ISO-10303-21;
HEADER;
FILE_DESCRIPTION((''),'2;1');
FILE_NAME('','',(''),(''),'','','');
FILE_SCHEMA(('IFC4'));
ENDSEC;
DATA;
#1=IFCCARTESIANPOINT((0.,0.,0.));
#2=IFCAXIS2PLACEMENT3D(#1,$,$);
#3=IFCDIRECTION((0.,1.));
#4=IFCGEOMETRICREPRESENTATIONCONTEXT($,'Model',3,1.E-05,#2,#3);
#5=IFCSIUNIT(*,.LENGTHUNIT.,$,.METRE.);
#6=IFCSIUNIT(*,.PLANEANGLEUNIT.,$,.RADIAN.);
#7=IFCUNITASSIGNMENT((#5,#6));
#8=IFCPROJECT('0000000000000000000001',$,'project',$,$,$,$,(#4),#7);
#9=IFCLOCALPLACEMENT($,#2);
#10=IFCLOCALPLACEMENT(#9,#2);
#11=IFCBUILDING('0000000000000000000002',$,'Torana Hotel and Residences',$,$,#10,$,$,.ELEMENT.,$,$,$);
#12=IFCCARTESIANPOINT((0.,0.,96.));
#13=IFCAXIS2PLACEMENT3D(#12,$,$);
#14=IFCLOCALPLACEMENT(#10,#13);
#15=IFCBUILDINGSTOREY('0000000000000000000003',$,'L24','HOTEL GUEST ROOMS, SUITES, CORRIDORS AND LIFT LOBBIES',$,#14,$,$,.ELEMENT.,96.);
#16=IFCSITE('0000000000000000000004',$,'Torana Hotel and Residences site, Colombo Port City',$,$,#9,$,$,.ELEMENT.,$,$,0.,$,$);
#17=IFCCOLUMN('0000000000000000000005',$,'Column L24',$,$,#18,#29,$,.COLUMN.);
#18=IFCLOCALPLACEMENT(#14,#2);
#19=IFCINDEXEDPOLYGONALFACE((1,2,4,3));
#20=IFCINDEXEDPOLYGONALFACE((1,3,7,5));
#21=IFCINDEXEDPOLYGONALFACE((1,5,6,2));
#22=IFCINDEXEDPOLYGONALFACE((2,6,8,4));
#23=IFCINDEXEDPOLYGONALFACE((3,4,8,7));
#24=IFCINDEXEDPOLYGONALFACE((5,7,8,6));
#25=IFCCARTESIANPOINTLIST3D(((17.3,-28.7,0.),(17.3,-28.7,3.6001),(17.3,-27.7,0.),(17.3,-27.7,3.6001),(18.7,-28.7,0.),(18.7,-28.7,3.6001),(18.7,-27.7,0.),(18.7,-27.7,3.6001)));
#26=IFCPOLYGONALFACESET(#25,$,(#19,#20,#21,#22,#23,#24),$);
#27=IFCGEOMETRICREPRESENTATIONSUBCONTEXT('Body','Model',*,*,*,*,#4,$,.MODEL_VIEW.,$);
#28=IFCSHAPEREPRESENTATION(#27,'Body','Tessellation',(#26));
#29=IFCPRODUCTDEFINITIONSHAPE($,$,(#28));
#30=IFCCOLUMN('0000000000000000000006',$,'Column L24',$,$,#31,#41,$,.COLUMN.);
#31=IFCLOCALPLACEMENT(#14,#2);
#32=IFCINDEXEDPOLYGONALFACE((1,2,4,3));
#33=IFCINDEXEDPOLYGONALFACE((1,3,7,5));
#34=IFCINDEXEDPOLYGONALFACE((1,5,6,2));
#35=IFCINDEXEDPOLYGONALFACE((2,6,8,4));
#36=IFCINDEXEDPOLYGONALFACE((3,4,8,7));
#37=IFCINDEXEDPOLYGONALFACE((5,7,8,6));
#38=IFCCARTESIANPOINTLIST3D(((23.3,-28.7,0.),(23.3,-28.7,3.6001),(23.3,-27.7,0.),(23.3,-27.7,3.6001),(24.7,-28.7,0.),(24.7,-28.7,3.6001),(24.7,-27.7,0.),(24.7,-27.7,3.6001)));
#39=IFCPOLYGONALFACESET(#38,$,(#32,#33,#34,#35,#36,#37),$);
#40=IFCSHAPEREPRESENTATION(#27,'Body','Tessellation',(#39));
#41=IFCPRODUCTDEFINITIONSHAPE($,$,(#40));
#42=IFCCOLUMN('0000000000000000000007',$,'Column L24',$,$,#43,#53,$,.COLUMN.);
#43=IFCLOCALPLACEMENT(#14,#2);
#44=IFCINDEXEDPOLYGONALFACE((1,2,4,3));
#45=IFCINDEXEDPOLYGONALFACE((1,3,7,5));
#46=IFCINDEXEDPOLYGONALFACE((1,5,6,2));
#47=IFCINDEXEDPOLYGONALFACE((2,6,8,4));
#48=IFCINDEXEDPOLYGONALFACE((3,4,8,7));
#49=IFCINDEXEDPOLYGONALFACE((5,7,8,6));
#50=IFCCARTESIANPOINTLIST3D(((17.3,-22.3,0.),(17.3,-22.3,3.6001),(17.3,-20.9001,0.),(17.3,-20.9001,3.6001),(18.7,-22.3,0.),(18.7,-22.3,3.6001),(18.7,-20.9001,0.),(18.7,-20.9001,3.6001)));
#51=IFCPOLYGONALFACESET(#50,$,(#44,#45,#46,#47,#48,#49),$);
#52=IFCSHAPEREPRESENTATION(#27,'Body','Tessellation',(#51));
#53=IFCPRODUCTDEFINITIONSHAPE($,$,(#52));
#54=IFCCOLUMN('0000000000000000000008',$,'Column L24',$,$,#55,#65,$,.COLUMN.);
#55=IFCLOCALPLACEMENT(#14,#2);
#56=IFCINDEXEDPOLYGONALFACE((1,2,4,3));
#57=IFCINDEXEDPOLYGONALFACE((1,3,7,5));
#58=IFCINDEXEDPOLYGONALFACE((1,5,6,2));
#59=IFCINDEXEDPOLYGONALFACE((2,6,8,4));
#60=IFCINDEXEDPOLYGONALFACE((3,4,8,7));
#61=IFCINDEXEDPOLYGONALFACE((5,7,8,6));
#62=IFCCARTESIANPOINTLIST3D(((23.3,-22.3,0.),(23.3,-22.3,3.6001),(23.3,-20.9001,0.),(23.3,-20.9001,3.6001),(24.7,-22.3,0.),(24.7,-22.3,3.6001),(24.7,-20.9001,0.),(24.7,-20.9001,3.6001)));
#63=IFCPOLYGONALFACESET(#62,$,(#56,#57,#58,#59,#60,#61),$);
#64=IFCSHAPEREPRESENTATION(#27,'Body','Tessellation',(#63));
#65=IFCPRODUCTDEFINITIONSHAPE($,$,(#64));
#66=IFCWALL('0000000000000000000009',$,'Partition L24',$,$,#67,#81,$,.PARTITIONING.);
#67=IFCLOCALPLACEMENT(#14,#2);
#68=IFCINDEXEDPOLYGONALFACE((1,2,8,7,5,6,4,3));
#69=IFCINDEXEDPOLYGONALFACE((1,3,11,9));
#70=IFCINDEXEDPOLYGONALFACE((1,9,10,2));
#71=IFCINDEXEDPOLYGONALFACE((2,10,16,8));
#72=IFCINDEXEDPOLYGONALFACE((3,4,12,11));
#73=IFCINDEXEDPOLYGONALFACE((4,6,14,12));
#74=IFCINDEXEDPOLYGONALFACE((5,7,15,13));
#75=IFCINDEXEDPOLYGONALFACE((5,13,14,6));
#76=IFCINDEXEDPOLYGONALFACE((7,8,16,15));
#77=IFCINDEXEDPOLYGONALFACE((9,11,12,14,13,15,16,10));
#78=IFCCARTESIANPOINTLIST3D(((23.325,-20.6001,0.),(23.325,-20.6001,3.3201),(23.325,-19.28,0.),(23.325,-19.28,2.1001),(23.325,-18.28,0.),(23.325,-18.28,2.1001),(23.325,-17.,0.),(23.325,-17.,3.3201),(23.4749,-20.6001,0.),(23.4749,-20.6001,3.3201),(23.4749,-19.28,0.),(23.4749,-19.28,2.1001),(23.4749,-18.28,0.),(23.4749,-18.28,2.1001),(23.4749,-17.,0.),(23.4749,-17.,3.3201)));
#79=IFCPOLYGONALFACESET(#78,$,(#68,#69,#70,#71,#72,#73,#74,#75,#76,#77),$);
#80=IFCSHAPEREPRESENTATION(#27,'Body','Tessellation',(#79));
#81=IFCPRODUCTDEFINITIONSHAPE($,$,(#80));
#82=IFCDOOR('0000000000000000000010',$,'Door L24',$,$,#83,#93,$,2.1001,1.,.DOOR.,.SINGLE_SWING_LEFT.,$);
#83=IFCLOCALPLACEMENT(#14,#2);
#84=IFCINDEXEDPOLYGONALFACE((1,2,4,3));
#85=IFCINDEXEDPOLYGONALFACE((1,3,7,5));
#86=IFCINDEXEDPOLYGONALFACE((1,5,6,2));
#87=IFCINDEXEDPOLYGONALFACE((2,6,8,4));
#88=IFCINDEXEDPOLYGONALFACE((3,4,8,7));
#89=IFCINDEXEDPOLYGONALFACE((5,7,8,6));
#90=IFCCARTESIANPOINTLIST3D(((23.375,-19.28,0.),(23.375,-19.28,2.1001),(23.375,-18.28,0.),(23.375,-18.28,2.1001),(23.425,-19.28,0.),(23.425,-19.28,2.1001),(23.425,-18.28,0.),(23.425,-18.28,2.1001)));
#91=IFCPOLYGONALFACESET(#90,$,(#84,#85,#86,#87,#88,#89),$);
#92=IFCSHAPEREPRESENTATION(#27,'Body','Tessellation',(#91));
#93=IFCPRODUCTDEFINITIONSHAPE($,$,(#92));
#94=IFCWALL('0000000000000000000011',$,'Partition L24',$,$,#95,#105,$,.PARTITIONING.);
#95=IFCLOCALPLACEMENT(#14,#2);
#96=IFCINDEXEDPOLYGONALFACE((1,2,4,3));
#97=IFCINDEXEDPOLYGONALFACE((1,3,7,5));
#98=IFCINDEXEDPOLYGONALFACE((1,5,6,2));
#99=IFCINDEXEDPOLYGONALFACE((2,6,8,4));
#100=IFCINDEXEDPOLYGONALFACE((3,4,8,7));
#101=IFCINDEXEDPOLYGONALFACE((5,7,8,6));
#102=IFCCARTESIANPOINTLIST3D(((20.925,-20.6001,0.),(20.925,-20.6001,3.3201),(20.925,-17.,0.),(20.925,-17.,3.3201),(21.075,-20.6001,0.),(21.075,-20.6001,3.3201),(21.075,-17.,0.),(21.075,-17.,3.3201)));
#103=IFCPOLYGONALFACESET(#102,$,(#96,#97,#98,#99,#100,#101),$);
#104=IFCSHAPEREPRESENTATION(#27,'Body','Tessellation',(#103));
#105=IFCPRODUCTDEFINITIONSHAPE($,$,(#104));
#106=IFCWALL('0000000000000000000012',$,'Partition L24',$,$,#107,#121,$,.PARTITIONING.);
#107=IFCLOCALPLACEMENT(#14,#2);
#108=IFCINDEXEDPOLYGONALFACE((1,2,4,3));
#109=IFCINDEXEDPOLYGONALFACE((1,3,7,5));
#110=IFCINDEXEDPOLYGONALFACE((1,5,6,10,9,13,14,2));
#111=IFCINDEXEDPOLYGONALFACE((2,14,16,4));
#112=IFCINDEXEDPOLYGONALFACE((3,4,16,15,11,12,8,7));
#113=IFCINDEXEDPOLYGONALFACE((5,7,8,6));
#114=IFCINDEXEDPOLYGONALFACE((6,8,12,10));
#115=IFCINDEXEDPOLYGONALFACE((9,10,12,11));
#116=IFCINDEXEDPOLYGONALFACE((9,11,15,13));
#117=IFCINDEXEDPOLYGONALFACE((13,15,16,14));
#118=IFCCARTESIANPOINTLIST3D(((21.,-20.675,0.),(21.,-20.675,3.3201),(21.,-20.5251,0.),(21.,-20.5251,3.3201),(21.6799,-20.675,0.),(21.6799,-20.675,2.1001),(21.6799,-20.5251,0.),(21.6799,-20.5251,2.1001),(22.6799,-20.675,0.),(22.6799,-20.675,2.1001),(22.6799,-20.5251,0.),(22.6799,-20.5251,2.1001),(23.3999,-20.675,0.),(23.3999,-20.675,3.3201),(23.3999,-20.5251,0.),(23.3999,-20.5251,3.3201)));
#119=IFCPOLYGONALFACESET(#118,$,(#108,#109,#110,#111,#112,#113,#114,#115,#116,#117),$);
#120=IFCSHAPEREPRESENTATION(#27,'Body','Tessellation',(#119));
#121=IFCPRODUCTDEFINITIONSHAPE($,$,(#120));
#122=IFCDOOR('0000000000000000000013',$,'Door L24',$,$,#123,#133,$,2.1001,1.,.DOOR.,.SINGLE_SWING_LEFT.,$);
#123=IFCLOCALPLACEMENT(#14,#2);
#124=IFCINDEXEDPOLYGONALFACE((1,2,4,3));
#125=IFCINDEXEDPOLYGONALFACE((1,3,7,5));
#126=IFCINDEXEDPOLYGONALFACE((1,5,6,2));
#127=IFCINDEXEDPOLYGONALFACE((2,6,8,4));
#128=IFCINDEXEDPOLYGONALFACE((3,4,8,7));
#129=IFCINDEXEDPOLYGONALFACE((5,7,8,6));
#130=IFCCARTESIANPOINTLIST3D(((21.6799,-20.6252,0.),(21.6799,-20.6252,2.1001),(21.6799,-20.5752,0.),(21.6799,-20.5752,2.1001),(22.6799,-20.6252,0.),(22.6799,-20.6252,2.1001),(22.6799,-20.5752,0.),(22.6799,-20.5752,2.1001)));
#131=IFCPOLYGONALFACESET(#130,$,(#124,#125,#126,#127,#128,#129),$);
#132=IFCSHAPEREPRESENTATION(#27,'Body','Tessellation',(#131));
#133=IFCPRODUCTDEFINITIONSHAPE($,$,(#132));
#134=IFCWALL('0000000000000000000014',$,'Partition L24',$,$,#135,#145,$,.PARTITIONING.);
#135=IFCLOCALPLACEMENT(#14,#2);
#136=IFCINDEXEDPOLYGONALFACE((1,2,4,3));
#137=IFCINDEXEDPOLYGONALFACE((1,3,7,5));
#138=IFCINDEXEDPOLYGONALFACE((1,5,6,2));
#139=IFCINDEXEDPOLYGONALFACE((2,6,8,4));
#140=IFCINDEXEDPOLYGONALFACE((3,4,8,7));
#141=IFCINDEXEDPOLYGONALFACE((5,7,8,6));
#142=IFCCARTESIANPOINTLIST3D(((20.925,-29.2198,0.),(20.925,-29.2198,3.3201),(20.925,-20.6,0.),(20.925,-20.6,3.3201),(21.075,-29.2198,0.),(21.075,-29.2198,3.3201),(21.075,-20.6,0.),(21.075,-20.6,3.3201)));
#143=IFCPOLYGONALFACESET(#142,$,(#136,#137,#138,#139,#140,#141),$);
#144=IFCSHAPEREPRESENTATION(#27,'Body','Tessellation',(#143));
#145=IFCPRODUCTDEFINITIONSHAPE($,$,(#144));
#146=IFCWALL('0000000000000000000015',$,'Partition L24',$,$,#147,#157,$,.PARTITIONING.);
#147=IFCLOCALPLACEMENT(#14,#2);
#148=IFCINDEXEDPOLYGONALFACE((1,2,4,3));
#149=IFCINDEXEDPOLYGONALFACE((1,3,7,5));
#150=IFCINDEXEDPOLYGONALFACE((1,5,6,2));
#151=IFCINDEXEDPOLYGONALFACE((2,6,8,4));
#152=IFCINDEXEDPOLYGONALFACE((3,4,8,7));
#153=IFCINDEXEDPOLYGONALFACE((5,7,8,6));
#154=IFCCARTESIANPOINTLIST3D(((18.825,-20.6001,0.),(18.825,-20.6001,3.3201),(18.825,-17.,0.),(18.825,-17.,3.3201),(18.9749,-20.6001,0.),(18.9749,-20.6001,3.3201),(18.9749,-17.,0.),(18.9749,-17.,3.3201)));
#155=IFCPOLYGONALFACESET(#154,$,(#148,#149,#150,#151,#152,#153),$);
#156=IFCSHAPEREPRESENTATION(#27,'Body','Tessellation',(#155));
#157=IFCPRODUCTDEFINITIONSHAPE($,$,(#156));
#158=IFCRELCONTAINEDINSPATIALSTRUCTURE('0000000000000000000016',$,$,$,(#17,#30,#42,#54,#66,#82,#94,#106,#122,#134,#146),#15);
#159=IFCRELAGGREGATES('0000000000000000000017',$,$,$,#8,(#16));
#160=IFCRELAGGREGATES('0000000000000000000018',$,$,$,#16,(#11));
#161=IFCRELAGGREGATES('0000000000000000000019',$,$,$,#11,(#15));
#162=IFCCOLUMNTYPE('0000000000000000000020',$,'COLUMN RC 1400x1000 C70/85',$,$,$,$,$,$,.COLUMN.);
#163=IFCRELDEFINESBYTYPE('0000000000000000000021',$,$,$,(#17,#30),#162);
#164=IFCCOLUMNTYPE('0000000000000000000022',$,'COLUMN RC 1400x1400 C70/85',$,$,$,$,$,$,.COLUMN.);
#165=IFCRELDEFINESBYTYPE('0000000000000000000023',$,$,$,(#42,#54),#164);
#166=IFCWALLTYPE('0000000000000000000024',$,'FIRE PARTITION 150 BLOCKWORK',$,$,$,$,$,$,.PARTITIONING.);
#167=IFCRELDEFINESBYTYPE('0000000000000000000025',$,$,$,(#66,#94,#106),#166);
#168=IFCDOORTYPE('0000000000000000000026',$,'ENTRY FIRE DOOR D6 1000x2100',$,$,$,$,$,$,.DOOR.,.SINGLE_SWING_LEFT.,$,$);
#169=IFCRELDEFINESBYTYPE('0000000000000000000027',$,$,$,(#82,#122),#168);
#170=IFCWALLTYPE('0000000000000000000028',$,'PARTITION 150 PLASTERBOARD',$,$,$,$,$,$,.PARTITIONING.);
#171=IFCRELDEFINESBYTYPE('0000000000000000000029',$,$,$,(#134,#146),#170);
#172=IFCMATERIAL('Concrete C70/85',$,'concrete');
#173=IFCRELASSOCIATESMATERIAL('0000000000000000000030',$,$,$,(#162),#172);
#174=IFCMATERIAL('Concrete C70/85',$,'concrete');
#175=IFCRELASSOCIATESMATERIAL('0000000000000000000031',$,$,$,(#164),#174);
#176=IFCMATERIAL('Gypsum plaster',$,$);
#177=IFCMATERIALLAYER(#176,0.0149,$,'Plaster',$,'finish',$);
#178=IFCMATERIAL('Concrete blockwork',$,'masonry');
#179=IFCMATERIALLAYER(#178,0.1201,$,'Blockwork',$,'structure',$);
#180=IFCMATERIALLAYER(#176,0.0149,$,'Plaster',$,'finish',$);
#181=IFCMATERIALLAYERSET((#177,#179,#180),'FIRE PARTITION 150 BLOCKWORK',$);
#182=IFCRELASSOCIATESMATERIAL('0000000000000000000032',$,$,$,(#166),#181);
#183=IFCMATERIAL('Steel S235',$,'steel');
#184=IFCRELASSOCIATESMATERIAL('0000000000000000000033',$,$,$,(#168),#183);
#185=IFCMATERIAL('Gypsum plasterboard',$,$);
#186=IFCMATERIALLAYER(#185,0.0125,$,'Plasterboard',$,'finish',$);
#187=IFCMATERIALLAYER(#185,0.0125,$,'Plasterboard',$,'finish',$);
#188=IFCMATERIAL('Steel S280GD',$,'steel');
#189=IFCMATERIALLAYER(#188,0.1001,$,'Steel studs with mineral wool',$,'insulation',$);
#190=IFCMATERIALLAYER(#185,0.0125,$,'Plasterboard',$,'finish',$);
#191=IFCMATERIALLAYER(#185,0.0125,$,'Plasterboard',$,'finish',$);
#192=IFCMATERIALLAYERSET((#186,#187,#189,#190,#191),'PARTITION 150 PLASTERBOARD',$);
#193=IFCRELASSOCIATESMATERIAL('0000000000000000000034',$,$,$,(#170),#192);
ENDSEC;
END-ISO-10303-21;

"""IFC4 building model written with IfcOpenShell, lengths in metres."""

from ifc_helpers import new_model, si_unit, direction, frame, frame_2d, origin, origin_2d, place, context, subcontext, project, spatial, rectangle, extrude, material, layer, layer_set, material_profile, profile_set, type_object, element, fill, save


model = new_model("IFC4")

# Units and contexts
model_context = context("Model", 3, precision=1e-05, world=origin(), true_north=direction((0.0, 1.0)))
body_context = subcontext(model_context, "Body", "Model", "MODEL_VIEW")
ifc_project = project(units=[si_unit("LENGTHUNIT", "METRE"), si_unit("PLANEANGLEUNIT", "RADIAN")], contexts=[model_context])

# Site, building, storey
site_placement = place(None, origin())
site = spatial("IfcSite", under=ifc_project, at=site_placement, Name="Torana Hotel and Residences site, Colombo Port City", CompositionType="ELEMENT", RefElevation=0.0)
building_placement = place(site_placement, origin())
building = spatial("IfcBuilding", under=site, at=building_placement, Name="Torana Hotel and Residences", CompositionType="ELEMENT")
storey_placement = place(building_placement, frame((0.0, 0.0, 96.0)))
storey = spatial("IfcBuildingStorey", under=building, at=storey_placement, Name="L24", Description="HOTEL GUEST ROOMS, SUITES, CORRIDORS AND LIFT LOBBIES", CompositionType="ELEMENT", Elevation=96.0)

# Columns
ifc_material_1 = material(Name="Concrete C70/85", Category="concrete")
ifc_material_profile_1 = material_profile(ifc_material_1, rectangle(XDim=1.3999, YDim=1.0, at=origin_2d()), Name="RC 1400x1000")
ifc_profile_set_1 = profile_set([ifc_material_profile_1], Name="Concrete C70/85")
column_type_1 = type_object("IfcColumnType", Name="COLUMN RC 1400x1000 C70/85", PredefinedType="COLUMN", material=ifc_profile_set_1)
for number, where, z_axis, x_axis, name in (
    (1, (18.0, -28.2, 0.0), (0.0, 0.0, 1.0), (1.0, 0.0, 0.0), "Column L24"),
    (2, (24.0, -28.2, 0.0), (0.0, 0.0, 1.0), (1.0, 0.0, 0.0), "Column L24"),
):
    element("IfcColumn", number, at=place(storey_placement, frame(where, z_axis=z_axis, x_axis=x_axis)), inside=storey, type_object=column_type_1, Name=name, PredefinedType="COLUMN", context=body_context, shape_type="SweptSolid", body=[
        extrude(rectangle(XDim=1.3999, YDim=1.0, at=origin_2d()), origin(), (0.0, 0.0, 1.0), 3.6001),
    ])
ifc_material_2 = material(Name="Concrete C70/85", Category="concrete")
ifc_material_profile_2 = material_profile(ifc_material_2, rectangle(XDim=1.3999, YDim=1.3999, at=origin_2d()), Name="RC 1400x1400")
ifc_profile_set_2 = profile_set([ifc_material_profile_2], Name="Concrete C70/85")
column_type_2 = type_object("IfcColumnType", Name="COLUMN RC 1400x1400 C70/85", PredefinedType="COLUMN", material=ifc_profile_set_2)
for number, where, z_axis, x_axis, name in (
    (3, (18.0, -21.6001, 0.0), (0.0, 0.0, 1.0), (1.0, 0.0, 0.0), "Column L24"),
    (4, (24.0, -21.6001, 0.0), (0.0, 0.0, 1.0), (1.0, 0.0, 0.0), "Column L24"),
):
    element("IfcColumn", number, at=place(storey_placement, frame(where, z_axis=z_axis, x_axis=x_axis)), inside=storey, type_object=column_type_2, Name=name, PredefinedType="COLUMN", context=body_context, shape_type="SweptSolid", body=[
        extrude(rectangle(XDim=1.3999, YDim=1.3999, at=origin_2d()), origin(), (0.0, 0.0, 1.0), 3.6001),
    ])

# Wall, opening, door
ifc_material_3 = material(Name="Gypsum plaster")
ifc_layer_1 = layer(ifc_material_3, 0.0149, Name="Plaster", Category="finish")
ifc_material_4 = material(Name="Concrete blockwork", Category="masonry")
ifc_layer_2 = layer(ifc_material_4, 0.1201, Name="Blockwork", Category="structure")
ifc_layer_3 = layer(ifc_material_3, 0.0149, Name="Plaster", Category="finish")
ifc_layer_set_1 = layer_set([ifc_layer_1, ifc_layer_2, ifc_layer_3], Name="FIRE PARTITION 150 BLOCKWORK")
wall_type_1 = type_object("IfcWallType", Name="FIRE PARTITION 150 BLOCKWORK", PredefinedType="PARTITIONING", material=ifc_layer_set_1)
wall_1_placement = place(storey_placement, frame((23.3999, -20.6001, 0.0), z_axis=(0.0, 0.0, 1.0), x_axis=(0.0, 1.0, 0.0)))
wall_1 = element("IfcWall", 5, at=wall_1_placement, inside=storey, type_object=wall_type_1, Name="Partition L24", PredefinedType="PARTITIONING", context=body_context, shape_type="SweptSolid", body=[
    extrude(rectangle(XDim=3.6001, YDim=0.1499, at=frame_2d((1.8, 0.0))), origin(), (0.0, 0.0, 1.0), 3.3201),
])
opening_1_placement = place(wall_1_placement, frame((1.3201, 0.0, 0.0)))
opening_1 = element("IfcOpeningElement", 6, at=opening_1_placement, cuts=wall_1, PredefinedType="OPENING", context=body_context, shape_type="SweptSolid", body=[
    extrude(rectangle(XDim=1.0, YDim=2.1001, at=frame_2d((0.5, 1.05))), frame((0.0, 0.085, 0.0), z_axis=(0.0, -1.0, 0.0), x_axis=(1.0, 0.0, 0.0)), (0.0, 0.0, 1.0), 0.1699),
])
ifc_material_5 = material(Name="Steel S235", Category="steel")
door_type_1 = type_object("IfcDoorType", Name="ENTRY FIRE DOOR D6 1000x2100", OperationType="SINGLE_SWING_LEFT", PredefinedType="DOOR", material=ifc_material_5)
door_1_placement = place(opening_1_placement, frame((0.5, 0.0, 0.0), z_axis=(0.0, 0.0, 1.0), x_axis=(-1.0, 0.0, 0.0)))
door_1 = element("IfcDoor", 7, at=door_1_placement, inside=storey, type_object=door_type_1, Name="Door L24", OperationType="SINGLE_SWING_LEFT", OverallHeight=2.1001, OverallWidth=1.0, PredefinedType="DOOR", context=body_context, shape_type="SweptSolid", body=[
    extrude(rectangle(XDim=1.0, YDim=2.1001, at=frame_2d((0.0, 1.05))), frame((0.0, -0.0249, 0.0), z_axis=(0.0, 1.0, 0.0), x_axis=(-1.0, 0.0, 0.0)), (0.0, 0.0, 1.0), 0.05),
])
fill(opening_1, door_1)

# Wall
wall_2_placement = place(storey_placement, frame((21.0, -20.6001, 0.0), z_axis=(0.0, 0.0, 1.0), x_axis=(0.0, 1.0, 0.0)))
element("IfcWall", 8, at=wall_2_placement, inside=storey, type_object=wall_type_1, Name="Partition L24", PredefinedType="PARTITIONING", context=body_context, shape_type="SweptSolid", body=[
    extrude(rectangle(XDim=3.6001, YDim=0.1499, at=frame_2d((1.8, 0.0))), origin(), (0.0, 0.0, 1.0), 3.3201),
])

# Wall, opening, door
wall_3_placement = place(storey_placement, frame((21.0, -20.6001, 0.0), z_axis=(0.0, 0.0, 1.0), x_axis=(1.0, 0.0, 0.0)))
wall_3 = element("IfcWall", 9, at=wall_3_placement, inside=storey, type_object=wall_type_1, Name="Partition L24", PredefinedType="PARTITIONING", context=body_context, shape_type="SweptSolid", body=[
    extrude(rectangle(XDim=2.3999, YDim=0.1499, at=frame_2d((1.2, 0.0))), origin(), (0.0, 0.0, 1.0), 3.3201),
])
opening_2_placement = place(wall_3_placement, frame((0.6799, 0.0, 0.0)))
opening_2 = element("IfcOpeningElement", 10, at=opening_2_placement, cuts=wall_3, PredefinedType="OPENING", context=body_context, shape_type="SweptSolid", body=[
    extrude(rectangle(XDim=1.0, YDim=2.1001, at=frame_2d((0.5, 1.05))), frame((0.0, 0.085, 0.0), z_axis=(0.0, -1.0, 0.0), x_axis=(1.0, 0.0, 0.0)), (0.0, 0.0, 1.0), 0.1699),
])
door_2_placement = place(opening_2_placement, frame((0.5, 0.0, 0.0), z_axis=(0.0, 0.0, 1.0), x_axis=(-1.0, 0.0, 0.0)))
door_2 = element("IfcDoor", 11, at=door_2_placement, inside=storey, type_object=door_type_1, Name="Door L24", OperationType="SINGLE_SWING_LEFT", OverallHeight=2.1001, OverallWidth=1.0, PredefinedType="DOOR", context=body_context, shape_type="SweptSolid", body=[
    extrude(rectangle(XDim=1.0, YDim=2.1001, at=frame_2d((0.0, 1.05))), frame((0.0, -0.0249, 0.0), z_axis=(0.0, 1.0, 0.0), x_axis=(-1.0, 0.0, 0.0)), (0.0, 0.0, 1.0), 0.05),
])
fill(opening_2, door_2)

# Walls
ifc_material_6 = material(Name="Gypsum plasterboard")
ifc_layer_4 = layer(ifc_material_6, 0.0125, Name="Plasterboard", Category="finish")
ifc_layer_5 = layer(ifc_material_6, 0.0125, Name="Plasterboard", Category="finish")
ifc_material_7 = material(Name="Steel S280GD", Category="steel")
ifc_layer_6 = layer(ifc_material_7, 0.1001, Name="Steel studs with mineral wool", Category="insulation")
ifc_layer_7 = layer(ifc_material_6, 0.0125, Name="Plasterboard", Category="finish")
ifc_layer_8 = layer(ifc_material_6, 0.0125, Name="Plasterboard", Category="finish")
ifc_layer_set_2 = layer_set([ifc_layer_4, ifc_layer_5, ifc_layer_6, ifc_layer_7, ifc_layer_8], Name="PARTITION 150 PLASTERBOARD")
wall_type_2 = type_object("IfcWallType", Name="PARTITION 150 PLASTERBOARD", PredefinedType="PARTITIONING", material=ifc_layer_set_2)
wall_4_placement = place(storey_placement, frame((21.0, -29.22, 0.0), z_axis=(0.0, 0.0, 1.0), x_axis=(0.0, 1.0, 0.0)))
element("IfcWall", 12, at=wall_4_placement, inside=storey, type_object=wall_type_2, Name="Partition L24", PredefinedType="PARTITIONING", context=body_context, shape_type="SweptSolid", body=[
    extrude(rectangle(XDim=8.6199, YDim=0.1499, at=frame_2d((4.3101, 0.0))), origin(), (0.0, 0.0, 1.0), 3.3201),
])
wall_5_placement = place(storey_placement, frame((18.8999, -20.6001, 0.0), z_axis=(0.0, 0.0, 1.0), x_axis=(0.0, 1.0, 0.0)))
element("IfcWall", 13, at=wall_5_placement, inside=storey, type_object=wall_type_2, Name="Partition L24", PredefinedType="PARTITIONING", context=body_context, shape_type="SweptSolid", body=[
    extrude(rectangle(XDim=3.6001, YDim=0.1499, at=frame_2d((1.8, 0.0))), origin(), (0.0, 0.0, 1.0), 3.3201),
])

save(model, "model.ifc")
